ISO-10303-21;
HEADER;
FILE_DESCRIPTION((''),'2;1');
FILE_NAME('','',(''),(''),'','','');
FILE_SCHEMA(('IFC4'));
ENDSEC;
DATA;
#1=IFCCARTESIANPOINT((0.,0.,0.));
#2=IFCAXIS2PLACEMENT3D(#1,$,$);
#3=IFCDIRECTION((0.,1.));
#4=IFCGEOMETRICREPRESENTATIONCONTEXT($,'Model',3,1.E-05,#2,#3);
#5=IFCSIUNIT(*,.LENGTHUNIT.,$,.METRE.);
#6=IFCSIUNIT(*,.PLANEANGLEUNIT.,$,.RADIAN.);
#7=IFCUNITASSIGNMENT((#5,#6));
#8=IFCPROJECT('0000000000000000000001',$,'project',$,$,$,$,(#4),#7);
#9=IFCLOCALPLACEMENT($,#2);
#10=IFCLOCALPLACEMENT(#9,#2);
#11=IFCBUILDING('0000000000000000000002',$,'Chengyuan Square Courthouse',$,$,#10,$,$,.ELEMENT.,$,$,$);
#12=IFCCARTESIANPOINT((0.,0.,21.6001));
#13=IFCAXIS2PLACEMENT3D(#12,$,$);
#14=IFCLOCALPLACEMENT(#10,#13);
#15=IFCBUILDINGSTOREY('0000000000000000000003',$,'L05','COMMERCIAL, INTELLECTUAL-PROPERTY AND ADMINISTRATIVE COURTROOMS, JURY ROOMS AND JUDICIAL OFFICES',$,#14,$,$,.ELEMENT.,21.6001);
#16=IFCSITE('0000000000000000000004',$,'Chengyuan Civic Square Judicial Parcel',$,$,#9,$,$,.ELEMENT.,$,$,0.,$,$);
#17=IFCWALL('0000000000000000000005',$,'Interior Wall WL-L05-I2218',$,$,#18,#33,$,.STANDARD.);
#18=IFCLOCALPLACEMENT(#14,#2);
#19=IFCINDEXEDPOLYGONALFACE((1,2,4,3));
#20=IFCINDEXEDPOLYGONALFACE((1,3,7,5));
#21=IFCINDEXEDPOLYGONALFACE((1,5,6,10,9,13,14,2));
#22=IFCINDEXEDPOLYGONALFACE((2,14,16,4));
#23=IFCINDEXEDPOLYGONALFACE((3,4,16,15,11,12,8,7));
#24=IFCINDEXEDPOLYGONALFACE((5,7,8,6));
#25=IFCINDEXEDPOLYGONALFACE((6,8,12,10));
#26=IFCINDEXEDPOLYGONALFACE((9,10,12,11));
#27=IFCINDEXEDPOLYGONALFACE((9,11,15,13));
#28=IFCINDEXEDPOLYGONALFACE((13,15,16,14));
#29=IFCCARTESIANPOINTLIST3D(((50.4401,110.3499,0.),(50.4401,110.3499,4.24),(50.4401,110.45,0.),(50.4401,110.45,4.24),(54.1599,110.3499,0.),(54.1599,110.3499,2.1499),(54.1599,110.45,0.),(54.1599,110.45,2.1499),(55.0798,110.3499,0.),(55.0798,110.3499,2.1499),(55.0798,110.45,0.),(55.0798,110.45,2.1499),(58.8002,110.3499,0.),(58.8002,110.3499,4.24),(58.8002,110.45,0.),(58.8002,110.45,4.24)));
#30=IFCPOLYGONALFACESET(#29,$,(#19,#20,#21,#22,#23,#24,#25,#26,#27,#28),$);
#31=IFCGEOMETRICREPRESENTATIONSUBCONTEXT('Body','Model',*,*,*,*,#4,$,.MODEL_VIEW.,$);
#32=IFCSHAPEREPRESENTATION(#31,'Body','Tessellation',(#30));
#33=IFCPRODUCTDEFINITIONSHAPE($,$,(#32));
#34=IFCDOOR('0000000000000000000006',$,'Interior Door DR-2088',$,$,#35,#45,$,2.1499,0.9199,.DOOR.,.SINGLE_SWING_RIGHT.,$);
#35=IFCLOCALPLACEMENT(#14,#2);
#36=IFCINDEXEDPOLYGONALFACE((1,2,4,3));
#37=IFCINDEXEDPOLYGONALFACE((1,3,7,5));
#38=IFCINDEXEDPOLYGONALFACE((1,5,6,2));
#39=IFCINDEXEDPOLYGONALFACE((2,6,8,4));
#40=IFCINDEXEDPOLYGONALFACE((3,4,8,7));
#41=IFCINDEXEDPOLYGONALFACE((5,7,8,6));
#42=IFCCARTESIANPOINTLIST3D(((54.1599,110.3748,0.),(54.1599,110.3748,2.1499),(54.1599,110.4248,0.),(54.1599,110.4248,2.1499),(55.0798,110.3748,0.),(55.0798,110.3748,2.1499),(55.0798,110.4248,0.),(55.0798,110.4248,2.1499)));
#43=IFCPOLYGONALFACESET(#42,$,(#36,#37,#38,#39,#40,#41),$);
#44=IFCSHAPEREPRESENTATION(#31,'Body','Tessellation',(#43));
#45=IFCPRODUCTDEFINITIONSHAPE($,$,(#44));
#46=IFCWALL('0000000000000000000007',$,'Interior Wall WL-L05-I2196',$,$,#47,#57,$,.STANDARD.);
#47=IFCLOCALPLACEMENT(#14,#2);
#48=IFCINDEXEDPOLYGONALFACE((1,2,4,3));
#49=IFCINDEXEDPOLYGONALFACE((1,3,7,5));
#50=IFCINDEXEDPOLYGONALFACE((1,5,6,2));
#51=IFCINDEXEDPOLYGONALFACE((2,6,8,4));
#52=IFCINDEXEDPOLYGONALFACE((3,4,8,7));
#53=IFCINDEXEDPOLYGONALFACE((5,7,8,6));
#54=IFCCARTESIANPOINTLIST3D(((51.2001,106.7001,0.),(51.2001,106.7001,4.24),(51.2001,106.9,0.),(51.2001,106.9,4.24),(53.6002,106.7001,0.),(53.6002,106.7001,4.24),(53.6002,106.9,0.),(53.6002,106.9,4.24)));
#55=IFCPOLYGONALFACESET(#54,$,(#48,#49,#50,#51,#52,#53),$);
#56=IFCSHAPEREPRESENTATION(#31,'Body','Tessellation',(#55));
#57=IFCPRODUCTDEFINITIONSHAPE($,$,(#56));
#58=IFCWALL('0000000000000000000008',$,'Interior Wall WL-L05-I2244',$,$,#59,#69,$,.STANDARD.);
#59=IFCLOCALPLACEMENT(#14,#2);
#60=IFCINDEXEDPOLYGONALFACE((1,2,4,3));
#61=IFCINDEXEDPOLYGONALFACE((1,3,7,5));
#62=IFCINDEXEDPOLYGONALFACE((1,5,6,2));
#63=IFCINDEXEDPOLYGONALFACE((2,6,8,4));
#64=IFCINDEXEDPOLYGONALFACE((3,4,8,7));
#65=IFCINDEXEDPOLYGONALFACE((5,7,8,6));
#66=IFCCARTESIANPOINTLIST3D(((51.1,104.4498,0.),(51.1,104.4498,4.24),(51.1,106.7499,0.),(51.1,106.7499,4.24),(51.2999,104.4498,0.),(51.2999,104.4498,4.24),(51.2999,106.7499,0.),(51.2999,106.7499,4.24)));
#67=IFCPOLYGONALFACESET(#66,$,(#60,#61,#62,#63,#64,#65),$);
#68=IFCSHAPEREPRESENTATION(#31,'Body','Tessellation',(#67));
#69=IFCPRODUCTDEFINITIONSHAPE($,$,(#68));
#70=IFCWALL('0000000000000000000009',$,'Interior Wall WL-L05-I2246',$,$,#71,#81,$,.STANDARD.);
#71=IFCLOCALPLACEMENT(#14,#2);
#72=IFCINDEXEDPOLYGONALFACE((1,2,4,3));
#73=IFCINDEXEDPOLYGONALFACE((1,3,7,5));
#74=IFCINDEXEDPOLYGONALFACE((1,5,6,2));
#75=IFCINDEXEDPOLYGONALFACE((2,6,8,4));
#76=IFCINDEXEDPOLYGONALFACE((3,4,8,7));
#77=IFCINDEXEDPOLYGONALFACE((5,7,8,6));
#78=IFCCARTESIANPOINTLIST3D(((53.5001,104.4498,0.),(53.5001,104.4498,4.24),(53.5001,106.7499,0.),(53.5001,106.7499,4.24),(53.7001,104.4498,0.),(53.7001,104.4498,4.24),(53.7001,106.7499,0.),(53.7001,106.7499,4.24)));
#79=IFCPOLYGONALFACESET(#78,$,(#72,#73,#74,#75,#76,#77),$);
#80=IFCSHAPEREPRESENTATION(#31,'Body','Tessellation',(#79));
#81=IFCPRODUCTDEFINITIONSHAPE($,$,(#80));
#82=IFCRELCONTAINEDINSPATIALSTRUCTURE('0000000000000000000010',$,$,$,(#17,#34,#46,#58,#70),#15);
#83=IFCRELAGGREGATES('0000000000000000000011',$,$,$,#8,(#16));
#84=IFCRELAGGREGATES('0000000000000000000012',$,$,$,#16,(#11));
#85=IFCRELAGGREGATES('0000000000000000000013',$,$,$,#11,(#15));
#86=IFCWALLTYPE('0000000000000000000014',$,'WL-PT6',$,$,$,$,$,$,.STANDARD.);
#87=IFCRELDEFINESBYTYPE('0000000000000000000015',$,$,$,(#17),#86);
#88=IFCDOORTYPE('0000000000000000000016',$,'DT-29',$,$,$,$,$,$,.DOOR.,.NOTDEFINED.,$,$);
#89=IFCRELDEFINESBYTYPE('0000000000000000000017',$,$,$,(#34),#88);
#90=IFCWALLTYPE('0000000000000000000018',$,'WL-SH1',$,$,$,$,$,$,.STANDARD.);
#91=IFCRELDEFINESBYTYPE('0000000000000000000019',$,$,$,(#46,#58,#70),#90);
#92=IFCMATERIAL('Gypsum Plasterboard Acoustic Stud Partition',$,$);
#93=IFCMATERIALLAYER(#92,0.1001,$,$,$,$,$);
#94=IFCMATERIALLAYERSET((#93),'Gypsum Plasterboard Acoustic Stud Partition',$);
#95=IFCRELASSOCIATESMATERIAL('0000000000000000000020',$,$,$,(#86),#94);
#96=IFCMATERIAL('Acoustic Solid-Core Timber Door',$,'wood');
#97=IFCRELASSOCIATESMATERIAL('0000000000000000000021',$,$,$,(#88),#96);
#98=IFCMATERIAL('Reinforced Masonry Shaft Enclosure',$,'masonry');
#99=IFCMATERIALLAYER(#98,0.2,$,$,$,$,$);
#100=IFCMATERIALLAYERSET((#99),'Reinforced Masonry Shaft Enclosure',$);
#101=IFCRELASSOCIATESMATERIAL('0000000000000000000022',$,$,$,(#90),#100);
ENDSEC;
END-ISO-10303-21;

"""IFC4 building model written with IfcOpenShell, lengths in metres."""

from ifc_helpers import new_model, si_unit, direction, frame, frame_2d, origin, place, context, subcontext, project, spatial, rectangle, extrude, material, layer, layer_set, type_object, element, fill, save


model = new_model("IFC4")

# Units and contexts
model_context = context("Model", 3, precision=1e-05, world=origin(), true_north=direction((0.0, 1.0)))
body_context = subcontext(model_context, "Body", "Model", "MODEL_VIEW")
ifc_project = project(units=[si_unit("LENGTHUNIT", "METRE"), si_unit("PLANEANGLEUNIT", "RADIAN")], contexts=[model_context])

# Site, building, storey
site_placement = place(None, origin())
site = spatial("IfcSite", under=ifc_project, at=site_placement, Name="Chengyuan Civic Square Judicial Parcel", CompositionType="ELEMENT", RefElevation=0.0)
building_placement = place(site_placement, origin())
building = spatial("IfcBuilding", under=site, at=building_placement, Name="Chengyuan Square Courthouse", CompositionType="ELEMENT")
storey_placement = place(building_placement, frame((0.0, 0.0, 21.6001)))
storey = spatial("IfcBuildingStorey", under=building, at=storey_placement, Name="L05", Description="COMMERCIAL, INTELLECTUAL-PROPERTY AND ADMINISTRATIVE COURTROOMS, JURY ROOMS AND JUDICIAL OFFICES", CompositionType="ELEMENT", Elevation=21.6001)

# Shared definitions
ifc_material_1 = material(Name="Gypsum Plasterboard Acoustic Stud Partition")
ifc_layer_1 = layer(ifc_material_1, 0.1001)
ifc_layer_set_1 = layer_set([ifc_layer_1], Name="Gypsum Plasterboard Acoustic Stud Partition")
wall_type_1 = type_object("IfcWallType", Name="WL-PT6", PredefinedType="STANDARD", material=ifc_layer_set_1)

# Wall, opening, door
wall_1_placement = place(storey_placement, frame((50.4399, 110.3999, 0.0), z_axis=(0.0, 0.0, 1.0), x_axis=(1.0, 0.0, 0.0)))
wall_1 = element("IfcWall", 1, at=wall_1_placement, inside=storey, type_object=wall_type_1, Name="Interior Wall WL-L05-I2218", PredefinedType="STANDARD", context=body_context, shape_type="SweptSolid", body=[
    extrude(rectangle(XDim=8.3601, YDim=0.1001, at=frame_2d((4.1802, 0.0))), origin(), (0.0, 0.0, 1.0), 4.24),
])
opening_1_placement = place(wall_1_placement, frame((3.72, 0.0, 0.0)))
opening_1 = element("IfcOpeningElement", 2, at=opening_1_placement, cuts=wall_1, PredefinedType="OPENING", context=body_context, shape_type="SweptSolid", body=[
    extrude(rectangle(XDim=0.9199, YDim=2.1499, at=frame_2d((0.46, 1.075))), frame((0.0, 0.062, 0.0), z_axis=(0.0, -1.0, 0.0), x_axis=(1.0, 0.0, 0.0)), (0.0, 0.0, 1.0), 0.124),
])
ifc_material_2 = material(Name="Acoustic Solid-Core Timber Door", Category="wood")
door_type_1 = type_object("IfcDoorType", Name="DT-29", OperationType="NOTDEFINED", PredefinedType="DOOR", material=ifc_material_2)
door_1_placement = place(opening_1_placement, origin())
door_1 = element("IfcDoor", 3, at=door_1_placement, inside=storey, type_object=door_type_1, Name="Interior Door DR-2088", OperationType="SINGLE_SWING_RIGHT", OverallHeight=2.1499, OverallWidth=0.9199, PredefinedType="DOOR", context=body_context, shape_type="SweptSolid", body=[
    extrude(rectangle(XDim=0.9199, YDim=2.1499, at=frame_2d((0.46, 1.075))), frame((0.0, 0.0249, 0.0), z_axis=(0.0, -1.0, 0.0), x_axis=(1.0, 0.0, 0.0)), (0.0, 0.0, 1.0), 0.05),
])
fill(opening_1, door_1)
ifc_material_3 = material(Name="Reinforced Masonry Shaft Enclosure", Category="masonry")
ifc_layer_2 = layer(ifc_material_3, 0.2)
ifc_layer_set_2 = layer_set([ifc_layer_2], Name="Reinforced Masonry Shaft Enclosure")
wall_type_2 = type_object("IfcWallType", Name="WL-SH1", PredefinedType="STANDARD", material=ifc_layer_set_2)

# Walls
wall_2_placement = place(storey_placement, frame((51.2, 106.8, 0.0), z_axis=(0.0, 0.0, 1.0), x_axis=(1.0, 0.0, 0.0)))
element("IfcWall", 4, at=wall_2_placement, inside=storey, type_object=wall_type_2, Name="Interior Wall WL-L05-I2196", PredefinedType="STANDARD", context=body_context, shape_type="SweptSolid", body=[
    extrude(rectangle(XDim=2.4001, YDim=0.2, at=frame_2d((1.2002, 0.0))), origin(), (0.0, 0.0, 1.0), 4.24),
])
for number, where, z_axis, x_axis, name in (
    (5, (51.2, 104.45, 0.0), (0.0, 0.0, 1.0), (0.0, 1.0, 0.0), "Interior Wall WL-L05-I2244"),
    (6, (53.6001, 104.45, 0.0), (0.0, 0.0, 1.0), (0.0, 1.0, 0.0), "Interior Wall WL-L05-I2246"),
):
    element("IfcWall", number, at=place(storey_placement, frame(where, z_axis=z_axis, x_axis=x_axis)), inside=storey, type_object=wall_type_2, Name=name, PredefinedType="STANDARD", context=body_context, shape_type="SweptSolid", body=[
        extrude(rectangle(XDim=2.3, YDim=0.2, at=frame_2d((1.1499, 0.0))), origin(), (0.0, 0.0, 1.0), 4.24),
    ])

save(model, "model.ifc")
